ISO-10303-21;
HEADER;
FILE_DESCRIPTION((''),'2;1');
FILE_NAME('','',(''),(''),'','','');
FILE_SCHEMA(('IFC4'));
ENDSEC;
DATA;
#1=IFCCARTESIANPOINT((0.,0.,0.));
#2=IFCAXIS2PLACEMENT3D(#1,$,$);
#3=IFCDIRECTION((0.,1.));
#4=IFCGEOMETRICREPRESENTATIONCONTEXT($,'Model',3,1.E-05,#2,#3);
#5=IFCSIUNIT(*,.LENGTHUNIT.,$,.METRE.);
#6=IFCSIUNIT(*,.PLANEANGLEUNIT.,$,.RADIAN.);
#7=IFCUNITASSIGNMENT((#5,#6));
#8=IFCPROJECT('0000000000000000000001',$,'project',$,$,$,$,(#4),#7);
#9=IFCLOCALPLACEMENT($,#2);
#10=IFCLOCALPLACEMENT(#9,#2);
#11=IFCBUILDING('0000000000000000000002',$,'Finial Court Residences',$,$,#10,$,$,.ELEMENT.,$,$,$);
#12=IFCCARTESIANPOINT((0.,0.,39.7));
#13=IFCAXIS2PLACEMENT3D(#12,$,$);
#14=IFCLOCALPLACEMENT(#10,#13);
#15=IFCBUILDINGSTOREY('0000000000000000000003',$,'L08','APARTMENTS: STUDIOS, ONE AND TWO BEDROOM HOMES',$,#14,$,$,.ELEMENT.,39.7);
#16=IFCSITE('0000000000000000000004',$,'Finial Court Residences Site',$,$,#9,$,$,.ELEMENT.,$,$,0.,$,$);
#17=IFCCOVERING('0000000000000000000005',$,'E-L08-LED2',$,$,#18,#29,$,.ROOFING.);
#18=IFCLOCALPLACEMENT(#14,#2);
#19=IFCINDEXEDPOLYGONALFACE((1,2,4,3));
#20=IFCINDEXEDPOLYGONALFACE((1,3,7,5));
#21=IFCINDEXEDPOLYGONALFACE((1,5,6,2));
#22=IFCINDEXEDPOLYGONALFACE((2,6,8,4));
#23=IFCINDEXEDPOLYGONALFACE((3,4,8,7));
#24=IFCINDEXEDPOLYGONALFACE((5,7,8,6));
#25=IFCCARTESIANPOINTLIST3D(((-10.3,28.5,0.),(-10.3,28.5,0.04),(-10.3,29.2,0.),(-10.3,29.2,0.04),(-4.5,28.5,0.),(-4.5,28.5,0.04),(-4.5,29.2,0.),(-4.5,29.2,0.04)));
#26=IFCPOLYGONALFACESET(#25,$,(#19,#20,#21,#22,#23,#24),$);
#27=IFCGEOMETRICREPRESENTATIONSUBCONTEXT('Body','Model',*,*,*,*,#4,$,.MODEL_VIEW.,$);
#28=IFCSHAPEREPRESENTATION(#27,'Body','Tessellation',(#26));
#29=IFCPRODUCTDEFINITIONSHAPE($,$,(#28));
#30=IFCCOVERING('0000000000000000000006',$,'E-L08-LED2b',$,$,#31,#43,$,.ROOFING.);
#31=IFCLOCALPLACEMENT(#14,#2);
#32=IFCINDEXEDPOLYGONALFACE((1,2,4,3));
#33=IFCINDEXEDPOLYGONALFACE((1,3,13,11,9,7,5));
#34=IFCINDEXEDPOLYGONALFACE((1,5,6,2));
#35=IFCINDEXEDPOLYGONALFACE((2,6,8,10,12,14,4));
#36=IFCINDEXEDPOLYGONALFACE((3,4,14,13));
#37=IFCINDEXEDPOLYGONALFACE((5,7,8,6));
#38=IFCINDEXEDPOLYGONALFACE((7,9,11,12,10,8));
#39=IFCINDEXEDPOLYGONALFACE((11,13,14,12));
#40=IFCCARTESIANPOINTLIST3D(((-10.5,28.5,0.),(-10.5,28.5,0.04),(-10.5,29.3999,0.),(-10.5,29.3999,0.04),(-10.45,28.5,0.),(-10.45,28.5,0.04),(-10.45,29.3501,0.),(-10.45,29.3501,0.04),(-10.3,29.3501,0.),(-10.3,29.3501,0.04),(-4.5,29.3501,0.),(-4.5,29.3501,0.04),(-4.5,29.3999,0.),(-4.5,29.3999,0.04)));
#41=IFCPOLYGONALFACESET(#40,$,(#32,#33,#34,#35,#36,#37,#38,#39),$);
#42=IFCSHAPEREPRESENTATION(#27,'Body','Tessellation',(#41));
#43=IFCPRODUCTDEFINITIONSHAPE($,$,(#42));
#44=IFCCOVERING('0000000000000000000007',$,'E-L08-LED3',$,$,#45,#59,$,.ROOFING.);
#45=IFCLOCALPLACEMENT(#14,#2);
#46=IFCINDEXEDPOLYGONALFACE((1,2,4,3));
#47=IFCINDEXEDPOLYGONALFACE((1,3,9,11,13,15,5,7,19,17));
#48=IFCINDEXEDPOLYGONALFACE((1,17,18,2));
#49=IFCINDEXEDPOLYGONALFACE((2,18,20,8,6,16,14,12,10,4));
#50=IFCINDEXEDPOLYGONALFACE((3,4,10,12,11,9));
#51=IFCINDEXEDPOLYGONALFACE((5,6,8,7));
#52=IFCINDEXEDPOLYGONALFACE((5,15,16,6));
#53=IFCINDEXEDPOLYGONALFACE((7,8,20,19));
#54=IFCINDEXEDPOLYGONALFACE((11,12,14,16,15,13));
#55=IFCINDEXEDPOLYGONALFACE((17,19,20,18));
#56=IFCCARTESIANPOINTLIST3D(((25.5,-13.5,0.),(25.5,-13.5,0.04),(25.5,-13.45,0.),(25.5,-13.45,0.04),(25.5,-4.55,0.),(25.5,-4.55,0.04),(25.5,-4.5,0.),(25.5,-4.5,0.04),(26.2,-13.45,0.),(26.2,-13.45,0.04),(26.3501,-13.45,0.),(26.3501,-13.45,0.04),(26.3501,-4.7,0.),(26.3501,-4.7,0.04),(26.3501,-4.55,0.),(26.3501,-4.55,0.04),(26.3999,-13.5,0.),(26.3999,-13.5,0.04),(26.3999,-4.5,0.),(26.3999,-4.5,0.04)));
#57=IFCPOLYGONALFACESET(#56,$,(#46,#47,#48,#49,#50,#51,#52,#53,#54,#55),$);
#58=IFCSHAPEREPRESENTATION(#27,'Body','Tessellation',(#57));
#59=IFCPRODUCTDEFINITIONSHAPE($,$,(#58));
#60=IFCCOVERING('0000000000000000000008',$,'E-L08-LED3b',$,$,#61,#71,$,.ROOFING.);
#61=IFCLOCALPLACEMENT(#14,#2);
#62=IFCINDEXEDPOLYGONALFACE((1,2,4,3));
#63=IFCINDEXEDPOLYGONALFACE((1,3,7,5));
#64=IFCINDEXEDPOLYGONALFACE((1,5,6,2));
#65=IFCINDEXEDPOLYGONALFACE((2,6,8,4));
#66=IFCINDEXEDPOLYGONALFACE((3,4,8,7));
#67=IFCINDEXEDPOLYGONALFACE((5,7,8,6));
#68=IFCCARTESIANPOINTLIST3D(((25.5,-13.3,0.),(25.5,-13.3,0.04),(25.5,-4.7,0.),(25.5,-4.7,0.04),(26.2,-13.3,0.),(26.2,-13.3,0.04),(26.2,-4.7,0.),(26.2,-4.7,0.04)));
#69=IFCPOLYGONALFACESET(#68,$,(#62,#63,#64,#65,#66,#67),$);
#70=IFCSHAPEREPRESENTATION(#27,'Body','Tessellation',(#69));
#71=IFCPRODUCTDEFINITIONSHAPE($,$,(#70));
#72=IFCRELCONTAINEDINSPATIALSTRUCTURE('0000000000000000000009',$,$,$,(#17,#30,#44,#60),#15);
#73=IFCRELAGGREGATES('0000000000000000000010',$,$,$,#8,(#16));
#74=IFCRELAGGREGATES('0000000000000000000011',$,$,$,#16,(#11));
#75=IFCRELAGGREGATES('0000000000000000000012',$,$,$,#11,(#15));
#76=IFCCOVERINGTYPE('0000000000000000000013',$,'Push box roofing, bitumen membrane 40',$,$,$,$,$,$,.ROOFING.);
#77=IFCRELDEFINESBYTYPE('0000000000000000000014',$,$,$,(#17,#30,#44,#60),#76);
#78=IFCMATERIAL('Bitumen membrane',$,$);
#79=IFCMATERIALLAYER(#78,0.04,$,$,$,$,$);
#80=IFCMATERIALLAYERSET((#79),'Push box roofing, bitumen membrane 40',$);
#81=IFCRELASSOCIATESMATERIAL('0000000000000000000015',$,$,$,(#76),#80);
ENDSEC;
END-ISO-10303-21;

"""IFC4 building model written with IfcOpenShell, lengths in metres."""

from ifc_helpers import new_model, si_unit, direction, frame, origin, place, context, subcontext, project, spatial, polyline, outline, extrude, material, layer, layer_set, type_object, element, save


model = new_model("IFC4")

# Units and contexts
model_context = context("Model", 3, precision=1e-05, world=origin(), true_north=direction((0.0, 1.0)))
body_context = subcontext(model_context, "Body", "Model", "MODEL_VIEW")
ifc_project = project(units=[si_unit("LENGTHUNIT", "METRE"), si_unit("PLANEANGLEUNIT", "RADIAN")], contexts=[model_context])

# Site, building, storey
site_placement = place(None, origin())
site = spatial("IfcSite", under=ifc_project, at=site_placement, Name="Finial Court Residences Site", CompositionType="ELEMENT", RefElevation=0.0)
building_placement = place(site_placement, origin())
building = spatial("IfcBuilding", under=site, at=building_placement, Name="Finial Court Residences", CompositionType="ELEMENT")
storey_placement = place(building_placement, frame((0.0, 0.0, 39.7)))
storey = spatial("IfcBuildingStorey", under=building, at=storey_placement, Name="L08", Description="APARTMENTS: STUDIOS, ONE AND TWO BEDROOM HOMES", CompositionType="ELEMENT", Elevation=39.7)

# Coverings
ifc_material_1 = material(Name="Bitumen membrane")
ifc_layer_1 = layer(ifc_material_1, 0.04)
ifc_layer_set_1 = layer_set([ifc_layer_1], Name="Push box roofing, bitumen membrane 40")
covering_type_1 = type_object("IfcCoveringType", Name="Push box roofing, bitumen membrane 40", PredefinedType="ROOFING", material=ifc_layer_set_1)
covering_1_placement = place(storey_placement, origin())
element("IfcCovering", 1, at=covering_1_placement, inside=storey, type_object=covering_type_1, Name="E-L08-LED2", PredefinedType="ROOFING", context=body_context, shape_type="SweptSolid", body=[
    extrude(outline(polyline([(-10.3, 28.5), (-10.3, 29.2), (-4.5, 29.2), (-4.5, 28.5), (-10.3, 28.5)])), origin(), (0.0, 0.0, 1.0), 0.04),
])
covering_2_placement = place(storey_placement, origin())
element("IfcCovering", 2, at=covering_2_placement, inside=storey, type_object=covering_type_1, Name="E-L08-LED2b", PredefinedType="ROOFING", context=body_context, shape_type="SweptSolid", body=[
    extrude(outline(polyline([(-10.5, 28.5), (-10.5, 29.3999), (-4.5, 29.3999), (-4.5, 29.3501), (-10.3, 29.3501), (-10.3, 29.3501), (-10.45, 29.3501), (-10.45, 28.5), (-10.5, 28.5)])), origin(), (0.0, 0.0, 1.0), 0.04),
])
covering_3_placement = place(storey_placement, origin())
element("IfcCovering", 3, at=covering_3_placement, inside=storey, type_object=covering_type_1, Name="E-L08-LED3", PredefinedType="ROOFING", context=body_context, shape_type="SweptSolid", body=[
    extrude(outline(polyline([(25.5, -13.45), (26.2, -13.45), (26.3501, -13.45), (26.3501, -4.7), (26.3501, -4.7), (26.3501, -4.55), (25.5, -4.55), (25.5, -4.5), (26.3999, -4.5), (26.3999, -13.5), (25.5, -13.5), (25.5, -13.45)])), origin(), (0.0, 0.0, 1.0), 0.04),
])
covering_4_placement = place(storey_placement, origin())
element("IfcCovering", 4, at=covering_4_placement, inside=storey, type_object=covering_type_1, Name="E-L08-LED3b", PredefinedType="ROOFING", context=body_context, shape_type="SweptSolid", body=[
    extrude(outline(polyline([(25.5, -4.7), (26.2, -4.7), (26.2, -13.3), (25.5, -13.3), (25.5, -4.7)])), origin(), (0.0, 0.0, 1.0), 0.04),
])

save(model, "model.ifc")
